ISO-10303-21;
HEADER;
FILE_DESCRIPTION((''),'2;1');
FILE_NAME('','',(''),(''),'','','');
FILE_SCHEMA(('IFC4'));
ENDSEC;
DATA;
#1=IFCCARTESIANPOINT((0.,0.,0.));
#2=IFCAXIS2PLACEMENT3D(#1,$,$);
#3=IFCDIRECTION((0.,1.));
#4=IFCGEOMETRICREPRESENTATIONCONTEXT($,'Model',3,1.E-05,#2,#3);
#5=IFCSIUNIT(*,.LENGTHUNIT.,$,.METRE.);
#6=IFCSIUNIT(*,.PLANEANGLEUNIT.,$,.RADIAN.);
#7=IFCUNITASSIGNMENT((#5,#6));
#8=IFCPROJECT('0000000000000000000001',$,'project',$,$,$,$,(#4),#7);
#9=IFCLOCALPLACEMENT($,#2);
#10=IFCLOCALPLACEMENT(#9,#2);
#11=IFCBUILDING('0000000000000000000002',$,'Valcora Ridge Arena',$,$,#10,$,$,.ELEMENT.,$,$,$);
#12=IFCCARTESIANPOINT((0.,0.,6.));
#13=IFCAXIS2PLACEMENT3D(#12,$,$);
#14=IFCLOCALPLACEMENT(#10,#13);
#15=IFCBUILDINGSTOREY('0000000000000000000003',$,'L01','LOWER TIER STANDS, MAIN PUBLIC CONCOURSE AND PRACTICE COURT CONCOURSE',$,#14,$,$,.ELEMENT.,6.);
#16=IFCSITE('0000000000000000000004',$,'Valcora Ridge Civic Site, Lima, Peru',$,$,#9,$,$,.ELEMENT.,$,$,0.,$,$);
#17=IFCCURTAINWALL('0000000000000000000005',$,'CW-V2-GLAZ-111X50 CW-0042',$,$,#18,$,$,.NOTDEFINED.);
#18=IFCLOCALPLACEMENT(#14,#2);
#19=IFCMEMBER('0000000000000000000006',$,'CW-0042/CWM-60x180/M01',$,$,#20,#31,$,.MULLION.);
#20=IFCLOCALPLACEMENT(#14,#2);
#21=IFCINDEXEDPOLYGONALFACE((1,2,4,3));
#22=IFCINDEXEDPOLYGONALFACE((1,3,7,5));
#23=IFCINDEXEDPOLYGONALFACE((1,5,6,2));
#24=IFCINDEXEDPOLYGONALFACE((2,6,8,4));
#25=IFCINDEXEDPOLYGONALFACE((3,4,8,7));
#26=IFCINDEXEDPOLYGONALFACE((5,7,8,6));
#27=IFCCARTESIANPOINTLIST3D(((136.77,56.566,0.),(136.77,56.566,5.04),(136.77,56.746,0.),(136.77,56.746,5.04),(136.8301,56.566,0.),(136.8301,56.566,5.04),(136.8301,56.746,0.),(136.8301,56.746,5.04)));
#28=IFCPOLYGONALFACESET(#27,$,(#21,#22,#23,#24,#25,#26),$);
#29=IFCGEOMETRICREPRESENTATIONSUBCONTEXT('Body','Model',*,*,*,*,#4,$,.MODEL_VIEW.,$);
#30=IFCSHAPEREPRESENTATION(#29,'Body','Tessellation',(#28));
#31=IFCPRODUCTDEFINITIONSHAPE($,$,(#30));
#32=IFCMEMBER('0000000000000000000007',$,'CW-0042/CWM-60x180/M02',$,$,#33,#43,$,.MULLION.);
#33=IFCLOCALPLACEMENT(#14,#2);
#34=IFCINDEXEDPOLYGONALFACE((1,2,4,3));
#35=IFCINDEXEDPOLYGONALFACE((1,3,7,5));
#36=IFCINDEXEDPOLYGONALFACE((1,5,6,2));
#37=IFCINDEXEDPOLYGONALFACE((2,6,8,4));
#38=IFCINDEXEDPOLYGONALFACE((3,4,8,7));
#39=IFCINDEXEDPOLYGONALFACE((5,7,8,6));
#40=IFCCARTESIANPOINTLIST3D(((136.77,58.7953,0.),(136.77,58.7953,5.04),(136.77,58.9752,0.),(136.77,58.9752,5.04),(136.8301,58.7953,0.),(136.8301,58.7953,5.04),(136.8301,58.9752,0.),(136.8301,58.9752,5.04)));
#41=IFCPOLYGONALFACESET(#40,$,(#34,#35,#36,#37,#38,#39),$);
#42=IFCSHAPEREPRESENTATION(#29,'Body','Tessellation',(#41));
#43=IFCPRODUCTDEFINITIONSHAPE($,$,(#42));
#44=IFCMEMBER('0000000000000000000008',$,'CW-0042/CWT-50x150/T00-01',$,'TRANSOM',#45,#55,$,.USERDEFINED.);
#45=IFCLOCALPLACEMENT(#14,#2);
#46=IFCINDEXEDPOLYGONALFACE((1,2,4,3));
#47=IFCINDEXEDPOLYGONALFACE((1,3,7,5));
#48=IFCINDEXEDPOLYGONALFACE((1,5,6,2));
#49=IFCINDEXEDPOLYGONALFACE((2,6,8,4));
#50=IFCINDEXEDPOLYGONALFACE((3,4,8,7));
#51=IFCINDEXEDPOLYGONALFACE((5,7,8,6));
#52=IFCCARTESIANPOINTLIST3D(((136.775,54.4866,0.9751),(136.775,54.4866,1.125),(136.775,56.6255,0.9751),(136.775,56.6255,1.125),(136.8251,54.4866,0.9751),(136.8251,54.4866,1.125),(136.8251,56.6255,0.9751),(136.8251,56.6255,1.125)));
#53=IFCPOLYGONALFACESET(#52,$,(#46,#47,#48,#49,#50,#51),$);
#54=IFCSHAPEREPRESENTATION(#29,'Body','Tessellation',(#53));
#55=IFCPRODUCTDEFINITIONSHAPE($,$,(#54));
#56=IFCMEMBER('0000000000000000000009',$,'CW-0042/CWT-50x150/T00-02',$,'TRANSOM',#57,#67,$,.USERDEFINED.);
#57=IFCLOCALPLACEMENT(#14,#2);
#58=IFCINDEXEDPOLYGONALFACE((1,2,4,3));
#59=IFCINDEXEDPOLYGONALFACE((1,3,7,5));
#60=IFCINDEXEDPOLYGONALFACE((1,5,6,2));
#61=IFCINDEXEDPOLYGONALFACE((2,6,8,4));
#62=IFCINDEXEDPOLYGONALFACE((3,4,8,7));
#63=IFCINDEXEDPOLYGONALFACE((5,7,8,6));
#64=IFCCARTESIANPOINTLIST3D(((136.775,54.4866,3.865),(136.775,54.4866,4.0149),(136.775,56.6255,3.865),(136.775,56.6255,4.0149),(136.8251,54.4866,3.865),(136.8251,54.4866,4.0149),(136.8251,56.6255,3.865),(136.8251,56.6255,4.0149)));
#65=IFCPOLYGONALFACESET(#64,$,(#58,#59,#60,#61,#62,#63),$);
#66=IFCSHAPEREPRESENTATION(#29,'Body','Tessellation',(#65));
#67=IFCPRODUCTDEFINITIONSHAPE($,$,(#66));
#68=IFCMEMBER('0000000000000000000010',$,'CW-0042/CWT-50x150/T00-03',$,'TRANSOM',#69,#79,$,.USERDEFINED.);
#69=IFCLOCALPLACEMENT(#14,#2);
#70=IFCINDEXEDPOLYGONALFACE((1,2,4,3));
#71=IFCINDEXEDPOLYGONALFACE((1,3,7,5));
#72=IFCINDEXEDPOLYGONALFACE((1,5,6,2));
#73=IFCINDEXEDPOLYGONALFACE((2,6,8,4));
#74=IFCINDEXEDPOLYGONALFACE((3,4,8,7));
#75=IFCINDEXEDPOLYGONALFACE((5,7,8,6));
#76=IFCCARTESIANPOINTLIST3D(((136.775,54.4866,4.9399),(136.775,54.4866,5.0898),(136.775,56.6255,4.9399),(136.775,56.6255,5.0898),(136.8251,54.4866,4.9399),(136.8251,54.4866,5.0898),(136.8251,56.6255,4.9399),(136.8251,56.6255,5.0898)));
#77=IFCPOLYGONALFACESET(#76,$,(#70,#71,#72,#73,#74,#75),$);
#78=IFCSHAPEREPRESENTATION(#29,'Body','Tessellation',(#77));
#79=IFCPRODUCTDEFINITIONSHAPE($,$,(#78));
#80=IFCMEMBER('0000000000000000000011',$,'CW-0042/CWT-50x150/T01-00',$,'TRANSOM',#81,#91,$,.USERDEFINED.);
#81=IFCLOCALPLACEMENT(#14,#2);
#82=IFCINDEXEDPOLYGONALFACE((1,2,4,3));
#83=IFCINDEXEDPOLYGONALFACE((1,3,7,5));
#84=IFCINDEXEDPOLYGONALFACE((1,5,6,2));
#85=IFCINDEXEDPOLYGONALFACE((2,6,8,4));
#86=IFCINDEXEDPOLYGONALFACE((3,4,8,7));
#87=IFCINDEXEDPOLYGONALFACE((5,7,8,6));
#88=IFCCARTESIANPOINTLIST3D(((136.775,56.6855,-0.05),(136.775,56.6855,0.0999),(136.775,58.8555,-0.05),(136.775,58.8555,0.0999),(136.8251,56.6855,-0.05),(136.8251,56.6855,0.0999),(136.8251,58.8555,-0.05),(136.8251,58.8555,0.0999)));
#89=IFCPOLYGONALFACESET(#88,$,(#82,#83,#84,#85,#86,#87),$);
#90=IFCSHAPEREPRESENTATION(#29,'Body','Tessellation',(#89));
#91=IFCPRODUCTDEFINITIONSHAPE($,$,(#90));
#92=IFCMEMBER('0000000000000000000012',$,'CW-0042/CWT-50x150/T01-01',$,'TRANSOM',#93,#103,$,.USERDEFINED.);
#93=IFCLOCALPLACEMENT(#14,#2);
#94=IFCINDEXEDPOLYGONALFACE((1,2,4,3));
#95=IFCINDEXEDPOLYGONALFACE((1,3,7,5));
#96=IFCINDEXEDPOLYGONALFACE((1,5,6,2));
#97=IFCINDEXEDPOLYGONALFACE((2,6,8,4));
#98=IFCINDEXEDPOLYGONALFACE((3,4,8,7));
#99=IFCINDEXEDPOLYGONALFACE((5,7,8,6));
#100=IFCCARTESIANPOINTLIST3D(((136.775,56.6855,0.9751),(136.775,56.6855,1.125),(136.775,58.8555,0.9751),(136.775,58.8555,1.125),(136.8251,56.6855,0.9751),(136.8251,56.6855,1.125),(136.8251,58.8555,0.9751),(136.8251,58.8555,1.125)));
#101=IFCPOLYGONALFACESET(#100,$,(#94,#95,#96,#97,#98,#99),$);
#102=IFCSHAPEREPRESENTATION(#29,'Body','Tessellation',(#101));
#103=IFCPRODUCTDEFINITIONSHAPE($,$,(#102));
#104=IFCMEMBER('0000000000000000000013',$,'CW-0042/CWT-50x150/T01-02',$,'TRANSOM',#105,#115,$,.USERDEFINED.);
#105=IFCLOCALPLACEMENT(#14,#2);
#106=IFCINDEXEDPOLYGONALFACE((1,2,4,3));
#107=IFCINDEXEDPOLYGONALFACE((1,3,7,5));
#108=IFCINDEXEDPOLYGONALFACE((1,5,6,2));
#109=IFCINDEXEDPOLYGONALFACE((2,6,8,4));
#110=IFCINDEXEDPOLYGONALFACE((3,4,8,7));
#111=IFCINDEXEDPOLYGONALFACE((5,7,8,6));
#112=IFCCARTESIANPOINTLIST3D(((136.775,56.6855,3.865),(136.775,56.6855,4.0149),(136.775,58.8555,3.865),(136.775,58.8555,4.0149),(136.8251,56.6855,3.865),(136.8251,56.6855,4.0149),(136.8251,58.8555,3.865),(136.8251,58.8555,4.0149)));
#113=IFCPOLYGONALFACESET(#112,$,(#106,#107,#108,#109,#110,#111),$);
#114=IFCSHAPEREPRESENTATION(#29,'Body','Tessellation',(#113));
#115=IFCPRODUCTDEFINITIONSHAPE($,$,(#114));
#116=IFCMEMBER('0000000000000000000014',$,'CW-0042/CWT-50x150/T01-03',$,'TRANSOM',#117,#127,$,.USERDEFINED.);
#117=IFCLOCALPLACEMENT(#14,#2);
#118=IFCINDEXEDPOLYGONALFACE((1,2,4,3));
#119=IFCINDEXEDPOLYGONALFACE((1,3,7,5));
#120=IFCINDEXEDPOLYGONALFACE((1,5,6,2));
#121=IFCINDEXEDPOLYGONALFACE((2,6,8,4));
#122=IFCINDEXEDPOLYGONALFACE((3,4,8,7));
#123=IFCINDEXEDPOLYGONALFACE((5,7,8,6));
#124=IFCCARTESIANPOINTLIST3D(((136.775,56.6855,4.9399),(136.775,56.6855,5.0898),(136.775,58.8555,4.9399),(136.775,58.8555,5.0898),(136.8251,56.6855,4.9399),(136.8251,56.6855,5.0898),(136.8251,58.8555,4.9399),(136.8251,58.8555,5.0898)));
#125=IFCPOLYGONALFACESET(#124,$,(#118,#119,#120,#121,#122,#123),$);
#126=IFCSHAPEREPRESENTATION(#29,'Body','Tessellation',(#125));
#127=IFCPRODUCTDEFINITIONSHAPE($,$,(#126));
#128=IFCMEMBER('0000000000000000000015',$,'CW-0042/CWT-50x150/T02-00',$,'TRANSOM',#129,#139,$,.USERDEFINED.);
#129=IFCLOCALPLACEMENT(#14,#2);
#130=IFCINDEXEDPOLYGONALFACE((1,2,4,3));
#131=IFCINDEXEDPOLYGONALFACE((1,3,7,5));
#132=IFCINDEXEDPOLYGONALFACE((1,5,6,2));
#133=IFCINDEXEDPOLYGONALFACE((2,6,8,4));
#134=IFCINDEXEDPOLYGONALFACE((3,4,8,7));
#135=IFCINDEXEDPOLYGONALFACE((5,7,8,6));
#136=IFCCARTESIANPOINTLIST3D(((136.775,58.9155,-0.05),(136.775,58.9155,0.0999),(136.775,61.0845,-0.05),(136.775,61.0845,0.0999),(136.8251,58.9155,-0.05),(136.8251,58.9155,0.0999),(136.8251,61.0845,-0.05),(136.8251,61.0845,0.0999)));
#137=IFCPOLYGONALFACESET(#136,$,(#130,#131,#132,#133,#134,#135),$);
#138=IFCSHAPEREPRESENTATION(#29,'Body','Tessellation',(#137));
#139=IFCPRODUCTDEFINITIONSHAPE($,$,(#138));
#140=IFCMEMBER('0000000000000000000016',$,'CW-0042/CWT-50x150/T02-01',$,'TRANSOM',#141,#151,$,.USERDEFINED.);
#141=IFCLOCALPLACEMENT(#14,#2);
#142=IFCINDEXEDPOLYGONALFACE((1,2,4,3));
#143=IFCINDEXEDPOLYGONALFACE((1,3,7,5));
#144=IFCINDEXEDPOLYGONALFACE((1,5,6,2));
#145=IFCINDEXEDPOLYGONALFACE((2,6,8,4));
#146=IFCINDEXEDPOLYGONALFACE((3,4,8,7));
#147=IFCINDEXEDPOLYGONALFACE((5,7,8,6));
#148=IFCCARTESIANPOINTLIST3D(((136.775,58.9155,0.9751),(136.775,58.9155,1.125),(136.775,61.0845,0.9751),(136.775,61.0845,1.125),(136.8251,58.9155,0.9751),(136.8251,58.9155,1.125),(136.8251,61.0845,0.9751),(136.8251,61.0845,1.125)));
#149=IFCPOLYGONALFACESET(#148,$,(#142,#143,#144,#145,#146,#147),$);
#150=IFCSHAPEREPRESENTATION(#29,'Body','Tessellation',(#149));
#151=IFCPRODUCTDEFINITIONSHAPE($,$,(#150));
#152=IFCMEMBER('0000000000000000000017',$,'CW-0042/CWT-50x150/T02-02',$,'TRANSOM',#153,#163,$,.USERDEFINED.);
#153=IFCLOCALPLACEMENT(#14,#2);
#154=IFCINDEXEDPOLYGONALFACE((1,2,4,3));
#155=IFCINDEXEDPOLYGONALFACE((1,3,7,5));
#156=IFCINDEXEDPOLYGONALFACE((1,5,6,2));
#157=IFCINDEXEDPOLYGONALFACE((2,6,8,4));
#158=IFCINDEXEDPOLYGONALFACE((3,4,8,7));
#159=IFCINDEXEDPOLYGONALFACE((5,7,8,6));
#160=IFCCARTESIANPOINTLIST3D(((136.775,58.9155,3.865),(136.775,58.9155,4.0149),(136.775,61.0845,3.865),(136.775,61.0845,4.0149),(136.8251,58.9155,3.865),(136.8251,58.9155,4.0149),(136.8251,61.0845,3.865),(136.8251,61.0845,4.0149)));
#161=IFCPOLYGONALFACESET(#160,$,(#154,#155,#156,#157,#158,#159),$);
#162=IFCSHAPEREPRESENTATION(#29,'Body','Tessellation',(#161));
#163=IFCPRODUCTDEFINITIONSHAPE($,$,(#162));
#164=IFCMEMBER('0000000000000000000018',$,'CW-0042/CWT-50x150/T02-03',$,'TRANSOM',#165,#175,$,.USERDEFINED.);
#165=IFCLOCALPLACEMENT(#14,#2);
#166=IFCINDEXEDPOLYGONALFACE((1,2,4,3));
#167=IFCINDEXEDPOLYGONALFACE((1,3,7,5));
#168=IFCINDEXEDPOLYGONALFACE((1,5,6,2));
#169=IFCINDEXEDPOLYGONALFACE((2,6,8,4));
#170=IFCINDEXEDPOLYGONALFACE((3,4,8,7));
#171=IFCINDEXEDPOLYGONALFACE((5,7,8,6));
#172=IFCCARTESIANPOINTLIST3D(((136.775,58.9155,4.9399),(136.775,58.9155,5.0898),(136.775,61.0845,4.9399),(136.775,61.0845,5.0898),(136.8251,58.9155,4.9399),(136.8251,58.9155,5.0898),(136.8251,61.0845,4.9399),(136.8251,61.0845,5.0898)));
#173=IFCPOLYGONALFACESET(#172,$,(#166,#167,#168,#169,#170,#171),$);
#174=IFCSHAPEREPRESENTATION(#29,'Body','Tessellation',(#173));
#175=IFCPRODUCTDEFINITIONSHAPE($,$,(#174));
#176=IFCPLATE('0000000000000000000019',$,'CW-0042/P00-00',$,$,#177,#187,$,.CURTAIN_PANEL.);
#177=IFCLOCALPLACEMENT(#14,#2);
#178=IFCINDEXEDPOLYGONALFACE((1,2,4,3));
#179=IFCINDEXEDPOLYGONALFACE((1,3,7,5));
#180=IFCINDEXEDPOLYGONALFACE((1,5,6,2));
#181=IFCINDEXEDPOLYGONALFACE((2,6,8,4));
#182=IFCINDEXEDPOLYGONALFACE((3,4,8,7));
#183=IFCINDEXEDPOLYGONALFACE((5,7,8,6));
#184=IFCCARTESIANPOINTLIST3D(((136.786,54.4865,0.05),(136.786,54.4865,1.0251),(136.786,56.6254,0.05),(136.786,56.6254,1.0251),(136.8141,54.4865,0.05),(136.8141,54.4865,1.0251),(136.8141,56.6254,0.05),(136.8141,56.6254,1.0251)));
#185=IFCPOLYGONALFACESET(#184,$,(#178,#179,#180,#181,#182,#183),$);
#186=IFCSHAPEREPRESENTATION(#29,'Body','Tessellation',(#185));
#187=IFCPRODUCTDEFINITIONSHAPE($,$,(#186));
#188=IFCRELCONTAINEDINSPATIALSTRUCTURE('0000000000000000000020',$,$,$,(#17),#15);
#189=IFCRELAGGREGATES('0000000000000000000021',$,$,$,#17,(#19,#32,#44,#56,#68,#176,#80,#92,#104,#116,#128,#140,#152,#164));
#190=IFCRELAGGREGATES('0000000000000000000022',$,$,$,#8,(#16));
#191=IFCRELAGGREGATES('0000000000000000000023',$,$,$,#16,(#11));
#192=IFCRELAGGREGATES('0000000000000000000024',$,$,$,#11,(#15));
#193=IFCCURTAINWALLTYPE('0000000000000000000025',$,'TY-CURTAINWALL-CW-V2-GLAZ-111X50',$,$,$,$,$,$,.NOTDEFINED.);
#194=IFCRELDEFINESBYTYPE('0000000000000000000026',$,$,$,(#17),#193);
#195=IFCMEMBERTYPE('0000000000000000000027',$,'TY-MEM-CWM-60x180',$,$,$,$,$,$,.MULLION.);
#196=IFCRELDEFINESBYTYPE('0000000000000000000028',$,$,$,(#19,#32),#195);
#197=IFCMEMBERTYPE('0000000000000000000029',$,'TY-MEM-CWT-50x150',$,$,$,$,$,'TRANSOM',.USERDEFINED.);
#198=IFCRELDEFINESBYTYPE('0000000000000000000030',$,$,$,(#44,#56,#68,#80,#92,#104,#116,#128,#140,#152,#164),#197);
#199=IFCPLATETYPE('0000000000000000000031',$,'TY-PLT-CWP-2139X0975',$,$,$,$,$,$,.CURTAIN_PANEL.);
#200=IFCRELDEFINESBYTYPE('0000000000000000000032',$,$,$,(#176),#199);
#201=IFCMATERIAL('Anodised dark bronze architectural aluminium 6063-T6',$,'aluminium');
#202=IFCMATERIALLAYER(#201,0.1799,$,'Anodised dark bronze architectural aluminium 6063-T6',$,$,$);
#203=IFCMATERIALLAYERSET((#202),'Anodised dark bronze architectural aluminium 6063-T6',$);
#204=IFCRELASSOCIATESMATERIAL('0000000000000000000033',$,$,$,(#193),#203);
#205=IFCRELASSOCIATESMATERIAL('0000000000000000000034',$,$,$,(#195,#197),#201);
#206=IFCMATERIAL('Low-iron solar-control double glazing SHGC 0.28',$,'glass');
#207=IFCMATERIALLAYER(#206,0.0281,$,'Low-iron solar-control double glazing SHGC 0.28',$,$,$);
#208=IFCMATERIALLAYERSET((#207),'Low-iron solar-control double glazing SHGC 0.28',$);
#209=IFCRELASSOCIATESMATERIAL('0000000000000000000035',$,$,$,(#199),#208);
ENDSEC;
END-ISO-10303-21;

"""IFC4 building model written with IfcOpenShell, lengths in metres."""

from ifc_helpers import new_model, si_unit, direction, frame, origin, origin_2d, place, context, subcontext, project, spatial, rectangle, extrude, material, layer, layer_set, material_profile, profile_set, type_object, element, aggregate, save


model = new_model("IFC4")

# Units and contexts
model_context = context("Model", 3, precision=1e-05, world=origin(), true_north=direction((0.0, 1.0)))
body_context = subcontext(model_context, "Body", "Model", "MODEL_VIEW")
ifc_project = project(units=[si_unit("LENGTHUNIT", "METRE"), si_unit("PLANEANGLEUNIT", "RADIAN")], contexts=[model_context])

# Site, building, storey
site_placement = place(None, origin())
site = spatial("IfcSite", under=ifc_project, at=site_placement, Name="Valcora Ridge Civic Site, Lima, Peru", CompositionType="ELEMENT", RefElevation=0.0)
building_placement = place(site_placement, origin())
building = spatial("IfcBuilding", under=site, at=building_placement, Name="Valcora Ridge Arena", CompositionType="ELEMENT")
storey_placement = place(building_placement, frame((0.0, 0.0, 6.0)))
storey = spatial("IfcBuildingStorey", under=building, at=storey_placement, Name="L01", Description="LOWER TIER STANDS, MAIN PUBLIC CONCOURSE AND PRACTICE COURT CONCOURSE", CompositionType="ELEMENT", Elevation=6.0)

# Curtain wall, members, plate
ifc_material_1 = material(Name="Anodised dark bronze architectural aluminium 6063-T6", Category="aluminium")
ifc_layer_1 = layer(ifc_material_1, 0.1799, Name="Anodised dark bronze architectural aluminium 6063-T6")
ifc_layer_set_1 = layer_set([ifc_layer_1], Name="Anodised dark bronze architectural aluminium 6063-T6")
curtain_wall_type = type_object("IfcCurtainWallType", Name="TY-CURTAINWALL-CW-V2-GLAZ-111X50", PredefinedType="NOTDEFINED", material=ifc_layer_set_1)
curtain_wall_placement = place(storey_placement, origin())
curtain_wall = element("IfcCurtainWall", 1, at=curtain_wall_placement, inside=storey, type_object=curtain_wall_type, Name="CW-V2-GLAZ-111X50 CW-0042", PredefinedType="NOTDEFINED")
ifc_material_profile_1 = material_profile(ifc_material_1, rectangle(XDim=0.0601, YDim=0.1799, at=origin_2d()), Name="ALU MULLION 60x180")
ifc_profile_set_1 = profile_set([ifc_material_profile_1], Name="Anodised dark bronze architectural aluminium 6063-T6")
member_type_1 = type_object("IfcMemberType", Name="TY-MEM-CWM-60x180", PredefinedType="MULLION", material=ifc_profile_set_1)
member_1_placement = place(storey_placement, frame((136.8, 56.656, 0.0), z_axis=(0.0, 0.0, 1.0), x_axis=(-1.0, 0.0, 0.0)))
member_1 = element("IfcMember", 2, at=member_1_placement, type_object=member_type_1, Name="CW-0042/CWM-60x180/M01", PredefinedType="MULLION", context=body_context, shape_type="SweptSolid", body=[
    extrude(rectangle(XDim=0.0601, YDim=0.1799, at=origin_2d()), origin(), (0.0, 0.0, 1.0), 5.04),
])
member_2_placement = place(storey_placement, frame((136.8, 58.8853, 0.0), z_axis=(0.0, 0.0, 1.0), x_axis=(-1.0, 0.0, 0.0)))
member_2 = element("IfcMember", 3, at=member_2_placement, type_object=member_type_1, Name="CW-0042/CWM-60x180/M02", PredefinedType="MULLION", context=body_context, shape_type="SweptSolid", body=[
    extrude(rectangle(XDim=0.0601, YDim=0.1799, at=origin_2d()), origin(), (0.0, 0.0, 1.0), 5.04),
])
ifc_material_profile_2 = material_profile(ifc_material_1, rectangle(XDim=0.05, YDim=0.1499, at=origin_2d()), Name="ALU TRANSOM 50x150")
ifc_profile_set_2 = profile_set([ifc_material_profile_2], Name="Anodised dark bronze architectural aluminium 6063-T6")
member_type_2 = type_object("IfcMemberType", Name="TY-MEM-CWT-50x150", ElementType="TRANSOM", PredefinedType="USERDEFINED", material=ifc_profile_set_2)
member_3_placement = place(storey_placement, frame((136.8, 54.4866, 1.05), z_axis=(0.0, 1.0, 0.0), x_axis=(-1.0, 0.0, 0.0)))
member_3 = element("IfcMember", 4, at=member_3_placement, type_object=member_type_2, Name="CW-0042/CWT-50x150/T00-01", ObjectType="TRANSOM", PredefinedType="USERDEFINED", context=body_context, shape_type="SweptSolid", body=[
    extrude(rectangle(XDim=0.05, YDim=0.1499, at=origin_2d()), origin(), (0.0, 0.0, 1.0), 2.1389),
])
member_4_placement = place(storey_placement, frame((136.8, 54.4866, 3.9399), z_axis=(0.0, 1.0, 0.0), x_axis=(-1.0, 0.0, 0.0)))
member_4 = element("IfcMember", 5, at=member_4_placement, type_object=member_type_2, Name="CW-0042/CWT-50x150/T00-02", ObjectType="TRANSOM", PredefinedType="USERDEFINED", context=body_context, shape_type="SweptSolid", body=[
    extrude(rectangle(XDim=0.05, YDim=0.1499, at=origin_2d()), origin(), (0.0, 0.0, 1.0), 2.1389),
])
member_5_placement = place(storey_placement, frame((136.8, 54.4866, 5.0149), z_axis=(0.0, 1.0, 0.0), x_axis=(-1.0, 0.0, 0.0)))
member_5 = element("IfcMember", 6, at=member_5_placement, type_object=member_type_2, Name="CW-0042/CWT-50x150/T00-03", ObjectType="TRANSOM", PredefinedType="USERDEFINED", context=body_context, shape_type="SweptSolid", body=[
    extrude(rectangle(XDim=0.05, YDim=0.1499, at=origin_2d()), origin(), (0.0, 0.0, 1.0), 2.1389),
])
member_6_placement = place(storey_placement, frame((136.8, 56.6855, 0.0249), z_axis=(0.0, 1.0, 0.0), x_axis=(-1.0, 0.0, 0.0)))
member_6 = element("IfcMember", 7, at=member_6_placement, type_object=member_type_2, Name="CW-0042/CWT-50x150/T01-00", ObjectType="TRANSOM", PredefinedType="USERDEFINED", context=body_context, shape_type="SweptSolid", body=[
    extrude(rectangle(XDim=0.05, YDim=0.1499, at=origin_2d()), origin(), (0.0, 0.0, 1.0), 2.1699),
])
member_7_placement = place(storey_placement, frame((136.8, 56.6855, 1.05), z_axis=(0.0, 1.0, 0.0), x_axis=(-1.0, 0.0, 0.0)))
member_7 = element("IfcMember", 8, at=member_7_placement, type_object=member_type_2, Name="CW-0042/CWT-50x150/T01-01", ObjectType="TRANSOM", PredefinedType="USERDEFINED", context=body_context, shape_type="SweptSolid", body=[
    extrude(rectangle(XDim=0.05, YDim=0.1499, at=origin_2d()), origin(), (0.0, 0.0, 1.0), 2.1699),
])
member_8_placement = place(storey_placement, frame((136.8, 56.6855, 3.9399), z_axis=(0.0, 1.0, 0.0), x_axis=(-1.0, 0.0, 0.0)))
member_8 = element("IfcMember", 9, at=member_8_placement, type_object=member_type_2, Name="CW-0042/CWT-50x150/T01-02", ObjectType="TRANSOM", PredefinedType="USERDEFINED", context=body_context, shape_type="SweptSolid", body=[
    extrude(rectangle(XDim=0.05, YDim=0.1499, at=origin_2d()), origin(), (0.0, 0.0, 1.0), 2.1699),
])
member_9_placement = place(storey_placement, frame((136.8, 56.6855, 5.0149), z_axis=(0.0, 1.0, 0.0), x_axis=(-1.0, 0.0, 0.0)))
member_9 = element("IfcMember", 10, at=member_9_placement, type_object=member_type_2, Name="CW-0042/CWT-50x150/T01-03", ObjectType="TRANSOM", PredefinedType="USERDEFINED", context=body_context, shape_type="SweptSolid", body=[
    extrude(rectangle(XDim=0.05, YDim=0.1499, at=origin_2d()), origin(), (0.0, 0.0, 1.0), 2.1699),
])
member_10_placement = place(storey_placement, frame((136.8, 58.9155, 0.0249), z_axis=(0.0, 1.0, 0.0), x_axis=(-1.0, 0.0, 0.0)))
member_10 = element("IfcMember", 11, at=member_10_placement, type_object=member_type_2, Name="CW-0042/CWT-50x150/T02-00", ObjectType="TRANSOM", PredefinedType="USERDEFINED", context=body_context, shape_type="SweptSolid", body=[
    extrude(rectangle(XDim=0.05, YDim=0.1499, at=origin_2d()), origin(), (0.0, 0.0, 1.0), 2.1689),
])
member_11_placement = place(storey_placement, frame((136.8, 58.9155, 1.05), z_axis=(0.0, 1.0, 0.0), x_axis=(-1.0, 0.0, 0.0)))
member_11 = element("IfcMember", 12, at=member_11_placement, type_object=member_type_2, Name="CW-0042/CWT-50x150/T02-01", ObjectType="TRANSOM", PredefinedType="USERDEFINED", context=body_context, shape_type="SweptSolid", body=[
    extrude(rectangle(XDim=0.05, YDim=0.1499, at=origin_2d()), origin(), (0.0, 0.0, 1.0), 2.1689),
])
member_12_placement = place(storey_placement, frame((136.8, 58.9155, 3.9399), z_axis=(0.0, 1.0, 0.0), x_axis=(-1.0, 0.0, 0.0)))
member_12 = element("IfcMember", 13, at=member_12_placement, type_object=member_type_2, Name="CW-0042/CWT-50x150/T02-02", ObjectType="TRANSOM", PredefinedType="USERDEFINED", context=body_context, shape_type="SweptSolid", body=[
    extrude(rectangle(XDim=0.05, YDim=0.1499, at=origin_2d()), origin(), (0.0, 0.0, 1.0), 2.1689),
])
member_13_placement = place(storey_placement, frame((136.8, 58.9155, 5.0149), z_axis=(0.0, 1.0, 0.0), x_axis=(-1.0, 0.0, 0.0)))
member_13 = element("IfcMember", 14, at=member_13_placement, type_object=member_type_2, Name="CW-0042/CWT-50x150/T02-03", ObjectType="TRANSOM", PredefinedType="USERDEFINED", context=body_context, shape_type="SweptSolid", body=[
    extrude(rectangle(XDim=0.05, YDim=0.1499, at=origin_2d()), origin(), (0.0, 0.0, 1.0), 2.1689),
])
ifc_material_2 = material(Name="Low-iron solar-control double glazing SHGC 0.28", Category="glass")
ifc_layer_2 = layer(ifc_material_2, 0.0281, Name="Low-iron solar-control double glazing SHGC 0.28")
ifc_layer_set_2 = layer_set([ifc_layer_2], Name="Low-iron solar-control double glazing SHGC 0.28")
plate_type_1 = type_object("IfcPlateType", Name="TY-PLT-CWP-2139X0975", PredefinedType="CURTAIN_PANEL", material=ifc_layer_set_2)
plate_1_placement = place(storey_placement, frame((136.8, 55.5559, 0.05), z_axis=(0.0, 0.0, 1.0), x_axis=(0.0, 1.0, 0.0)))
plate_1 = element("IfcPlate", 15, at=plate_1_placement, type_object=plate_type_1, Name="CW-0042/P00-00", PredefinedType="CURTAIN_PANEL", context=body_context, shape_type="SweptSolid", body=[
    extrude(rectangle(XDim=2.1389, YDim=0.0281, at=origin_2d()), origin(), (0.0, 0.0, 1.0), 0.9751),
])
aggregate(curtain_wall, [member_1, member_2, member_3, member_4, member_5, plate_1, member_6, member_7, member_8, member_9, member_10, member_11, member_12, member_13])

save(model, "model.ifc")
